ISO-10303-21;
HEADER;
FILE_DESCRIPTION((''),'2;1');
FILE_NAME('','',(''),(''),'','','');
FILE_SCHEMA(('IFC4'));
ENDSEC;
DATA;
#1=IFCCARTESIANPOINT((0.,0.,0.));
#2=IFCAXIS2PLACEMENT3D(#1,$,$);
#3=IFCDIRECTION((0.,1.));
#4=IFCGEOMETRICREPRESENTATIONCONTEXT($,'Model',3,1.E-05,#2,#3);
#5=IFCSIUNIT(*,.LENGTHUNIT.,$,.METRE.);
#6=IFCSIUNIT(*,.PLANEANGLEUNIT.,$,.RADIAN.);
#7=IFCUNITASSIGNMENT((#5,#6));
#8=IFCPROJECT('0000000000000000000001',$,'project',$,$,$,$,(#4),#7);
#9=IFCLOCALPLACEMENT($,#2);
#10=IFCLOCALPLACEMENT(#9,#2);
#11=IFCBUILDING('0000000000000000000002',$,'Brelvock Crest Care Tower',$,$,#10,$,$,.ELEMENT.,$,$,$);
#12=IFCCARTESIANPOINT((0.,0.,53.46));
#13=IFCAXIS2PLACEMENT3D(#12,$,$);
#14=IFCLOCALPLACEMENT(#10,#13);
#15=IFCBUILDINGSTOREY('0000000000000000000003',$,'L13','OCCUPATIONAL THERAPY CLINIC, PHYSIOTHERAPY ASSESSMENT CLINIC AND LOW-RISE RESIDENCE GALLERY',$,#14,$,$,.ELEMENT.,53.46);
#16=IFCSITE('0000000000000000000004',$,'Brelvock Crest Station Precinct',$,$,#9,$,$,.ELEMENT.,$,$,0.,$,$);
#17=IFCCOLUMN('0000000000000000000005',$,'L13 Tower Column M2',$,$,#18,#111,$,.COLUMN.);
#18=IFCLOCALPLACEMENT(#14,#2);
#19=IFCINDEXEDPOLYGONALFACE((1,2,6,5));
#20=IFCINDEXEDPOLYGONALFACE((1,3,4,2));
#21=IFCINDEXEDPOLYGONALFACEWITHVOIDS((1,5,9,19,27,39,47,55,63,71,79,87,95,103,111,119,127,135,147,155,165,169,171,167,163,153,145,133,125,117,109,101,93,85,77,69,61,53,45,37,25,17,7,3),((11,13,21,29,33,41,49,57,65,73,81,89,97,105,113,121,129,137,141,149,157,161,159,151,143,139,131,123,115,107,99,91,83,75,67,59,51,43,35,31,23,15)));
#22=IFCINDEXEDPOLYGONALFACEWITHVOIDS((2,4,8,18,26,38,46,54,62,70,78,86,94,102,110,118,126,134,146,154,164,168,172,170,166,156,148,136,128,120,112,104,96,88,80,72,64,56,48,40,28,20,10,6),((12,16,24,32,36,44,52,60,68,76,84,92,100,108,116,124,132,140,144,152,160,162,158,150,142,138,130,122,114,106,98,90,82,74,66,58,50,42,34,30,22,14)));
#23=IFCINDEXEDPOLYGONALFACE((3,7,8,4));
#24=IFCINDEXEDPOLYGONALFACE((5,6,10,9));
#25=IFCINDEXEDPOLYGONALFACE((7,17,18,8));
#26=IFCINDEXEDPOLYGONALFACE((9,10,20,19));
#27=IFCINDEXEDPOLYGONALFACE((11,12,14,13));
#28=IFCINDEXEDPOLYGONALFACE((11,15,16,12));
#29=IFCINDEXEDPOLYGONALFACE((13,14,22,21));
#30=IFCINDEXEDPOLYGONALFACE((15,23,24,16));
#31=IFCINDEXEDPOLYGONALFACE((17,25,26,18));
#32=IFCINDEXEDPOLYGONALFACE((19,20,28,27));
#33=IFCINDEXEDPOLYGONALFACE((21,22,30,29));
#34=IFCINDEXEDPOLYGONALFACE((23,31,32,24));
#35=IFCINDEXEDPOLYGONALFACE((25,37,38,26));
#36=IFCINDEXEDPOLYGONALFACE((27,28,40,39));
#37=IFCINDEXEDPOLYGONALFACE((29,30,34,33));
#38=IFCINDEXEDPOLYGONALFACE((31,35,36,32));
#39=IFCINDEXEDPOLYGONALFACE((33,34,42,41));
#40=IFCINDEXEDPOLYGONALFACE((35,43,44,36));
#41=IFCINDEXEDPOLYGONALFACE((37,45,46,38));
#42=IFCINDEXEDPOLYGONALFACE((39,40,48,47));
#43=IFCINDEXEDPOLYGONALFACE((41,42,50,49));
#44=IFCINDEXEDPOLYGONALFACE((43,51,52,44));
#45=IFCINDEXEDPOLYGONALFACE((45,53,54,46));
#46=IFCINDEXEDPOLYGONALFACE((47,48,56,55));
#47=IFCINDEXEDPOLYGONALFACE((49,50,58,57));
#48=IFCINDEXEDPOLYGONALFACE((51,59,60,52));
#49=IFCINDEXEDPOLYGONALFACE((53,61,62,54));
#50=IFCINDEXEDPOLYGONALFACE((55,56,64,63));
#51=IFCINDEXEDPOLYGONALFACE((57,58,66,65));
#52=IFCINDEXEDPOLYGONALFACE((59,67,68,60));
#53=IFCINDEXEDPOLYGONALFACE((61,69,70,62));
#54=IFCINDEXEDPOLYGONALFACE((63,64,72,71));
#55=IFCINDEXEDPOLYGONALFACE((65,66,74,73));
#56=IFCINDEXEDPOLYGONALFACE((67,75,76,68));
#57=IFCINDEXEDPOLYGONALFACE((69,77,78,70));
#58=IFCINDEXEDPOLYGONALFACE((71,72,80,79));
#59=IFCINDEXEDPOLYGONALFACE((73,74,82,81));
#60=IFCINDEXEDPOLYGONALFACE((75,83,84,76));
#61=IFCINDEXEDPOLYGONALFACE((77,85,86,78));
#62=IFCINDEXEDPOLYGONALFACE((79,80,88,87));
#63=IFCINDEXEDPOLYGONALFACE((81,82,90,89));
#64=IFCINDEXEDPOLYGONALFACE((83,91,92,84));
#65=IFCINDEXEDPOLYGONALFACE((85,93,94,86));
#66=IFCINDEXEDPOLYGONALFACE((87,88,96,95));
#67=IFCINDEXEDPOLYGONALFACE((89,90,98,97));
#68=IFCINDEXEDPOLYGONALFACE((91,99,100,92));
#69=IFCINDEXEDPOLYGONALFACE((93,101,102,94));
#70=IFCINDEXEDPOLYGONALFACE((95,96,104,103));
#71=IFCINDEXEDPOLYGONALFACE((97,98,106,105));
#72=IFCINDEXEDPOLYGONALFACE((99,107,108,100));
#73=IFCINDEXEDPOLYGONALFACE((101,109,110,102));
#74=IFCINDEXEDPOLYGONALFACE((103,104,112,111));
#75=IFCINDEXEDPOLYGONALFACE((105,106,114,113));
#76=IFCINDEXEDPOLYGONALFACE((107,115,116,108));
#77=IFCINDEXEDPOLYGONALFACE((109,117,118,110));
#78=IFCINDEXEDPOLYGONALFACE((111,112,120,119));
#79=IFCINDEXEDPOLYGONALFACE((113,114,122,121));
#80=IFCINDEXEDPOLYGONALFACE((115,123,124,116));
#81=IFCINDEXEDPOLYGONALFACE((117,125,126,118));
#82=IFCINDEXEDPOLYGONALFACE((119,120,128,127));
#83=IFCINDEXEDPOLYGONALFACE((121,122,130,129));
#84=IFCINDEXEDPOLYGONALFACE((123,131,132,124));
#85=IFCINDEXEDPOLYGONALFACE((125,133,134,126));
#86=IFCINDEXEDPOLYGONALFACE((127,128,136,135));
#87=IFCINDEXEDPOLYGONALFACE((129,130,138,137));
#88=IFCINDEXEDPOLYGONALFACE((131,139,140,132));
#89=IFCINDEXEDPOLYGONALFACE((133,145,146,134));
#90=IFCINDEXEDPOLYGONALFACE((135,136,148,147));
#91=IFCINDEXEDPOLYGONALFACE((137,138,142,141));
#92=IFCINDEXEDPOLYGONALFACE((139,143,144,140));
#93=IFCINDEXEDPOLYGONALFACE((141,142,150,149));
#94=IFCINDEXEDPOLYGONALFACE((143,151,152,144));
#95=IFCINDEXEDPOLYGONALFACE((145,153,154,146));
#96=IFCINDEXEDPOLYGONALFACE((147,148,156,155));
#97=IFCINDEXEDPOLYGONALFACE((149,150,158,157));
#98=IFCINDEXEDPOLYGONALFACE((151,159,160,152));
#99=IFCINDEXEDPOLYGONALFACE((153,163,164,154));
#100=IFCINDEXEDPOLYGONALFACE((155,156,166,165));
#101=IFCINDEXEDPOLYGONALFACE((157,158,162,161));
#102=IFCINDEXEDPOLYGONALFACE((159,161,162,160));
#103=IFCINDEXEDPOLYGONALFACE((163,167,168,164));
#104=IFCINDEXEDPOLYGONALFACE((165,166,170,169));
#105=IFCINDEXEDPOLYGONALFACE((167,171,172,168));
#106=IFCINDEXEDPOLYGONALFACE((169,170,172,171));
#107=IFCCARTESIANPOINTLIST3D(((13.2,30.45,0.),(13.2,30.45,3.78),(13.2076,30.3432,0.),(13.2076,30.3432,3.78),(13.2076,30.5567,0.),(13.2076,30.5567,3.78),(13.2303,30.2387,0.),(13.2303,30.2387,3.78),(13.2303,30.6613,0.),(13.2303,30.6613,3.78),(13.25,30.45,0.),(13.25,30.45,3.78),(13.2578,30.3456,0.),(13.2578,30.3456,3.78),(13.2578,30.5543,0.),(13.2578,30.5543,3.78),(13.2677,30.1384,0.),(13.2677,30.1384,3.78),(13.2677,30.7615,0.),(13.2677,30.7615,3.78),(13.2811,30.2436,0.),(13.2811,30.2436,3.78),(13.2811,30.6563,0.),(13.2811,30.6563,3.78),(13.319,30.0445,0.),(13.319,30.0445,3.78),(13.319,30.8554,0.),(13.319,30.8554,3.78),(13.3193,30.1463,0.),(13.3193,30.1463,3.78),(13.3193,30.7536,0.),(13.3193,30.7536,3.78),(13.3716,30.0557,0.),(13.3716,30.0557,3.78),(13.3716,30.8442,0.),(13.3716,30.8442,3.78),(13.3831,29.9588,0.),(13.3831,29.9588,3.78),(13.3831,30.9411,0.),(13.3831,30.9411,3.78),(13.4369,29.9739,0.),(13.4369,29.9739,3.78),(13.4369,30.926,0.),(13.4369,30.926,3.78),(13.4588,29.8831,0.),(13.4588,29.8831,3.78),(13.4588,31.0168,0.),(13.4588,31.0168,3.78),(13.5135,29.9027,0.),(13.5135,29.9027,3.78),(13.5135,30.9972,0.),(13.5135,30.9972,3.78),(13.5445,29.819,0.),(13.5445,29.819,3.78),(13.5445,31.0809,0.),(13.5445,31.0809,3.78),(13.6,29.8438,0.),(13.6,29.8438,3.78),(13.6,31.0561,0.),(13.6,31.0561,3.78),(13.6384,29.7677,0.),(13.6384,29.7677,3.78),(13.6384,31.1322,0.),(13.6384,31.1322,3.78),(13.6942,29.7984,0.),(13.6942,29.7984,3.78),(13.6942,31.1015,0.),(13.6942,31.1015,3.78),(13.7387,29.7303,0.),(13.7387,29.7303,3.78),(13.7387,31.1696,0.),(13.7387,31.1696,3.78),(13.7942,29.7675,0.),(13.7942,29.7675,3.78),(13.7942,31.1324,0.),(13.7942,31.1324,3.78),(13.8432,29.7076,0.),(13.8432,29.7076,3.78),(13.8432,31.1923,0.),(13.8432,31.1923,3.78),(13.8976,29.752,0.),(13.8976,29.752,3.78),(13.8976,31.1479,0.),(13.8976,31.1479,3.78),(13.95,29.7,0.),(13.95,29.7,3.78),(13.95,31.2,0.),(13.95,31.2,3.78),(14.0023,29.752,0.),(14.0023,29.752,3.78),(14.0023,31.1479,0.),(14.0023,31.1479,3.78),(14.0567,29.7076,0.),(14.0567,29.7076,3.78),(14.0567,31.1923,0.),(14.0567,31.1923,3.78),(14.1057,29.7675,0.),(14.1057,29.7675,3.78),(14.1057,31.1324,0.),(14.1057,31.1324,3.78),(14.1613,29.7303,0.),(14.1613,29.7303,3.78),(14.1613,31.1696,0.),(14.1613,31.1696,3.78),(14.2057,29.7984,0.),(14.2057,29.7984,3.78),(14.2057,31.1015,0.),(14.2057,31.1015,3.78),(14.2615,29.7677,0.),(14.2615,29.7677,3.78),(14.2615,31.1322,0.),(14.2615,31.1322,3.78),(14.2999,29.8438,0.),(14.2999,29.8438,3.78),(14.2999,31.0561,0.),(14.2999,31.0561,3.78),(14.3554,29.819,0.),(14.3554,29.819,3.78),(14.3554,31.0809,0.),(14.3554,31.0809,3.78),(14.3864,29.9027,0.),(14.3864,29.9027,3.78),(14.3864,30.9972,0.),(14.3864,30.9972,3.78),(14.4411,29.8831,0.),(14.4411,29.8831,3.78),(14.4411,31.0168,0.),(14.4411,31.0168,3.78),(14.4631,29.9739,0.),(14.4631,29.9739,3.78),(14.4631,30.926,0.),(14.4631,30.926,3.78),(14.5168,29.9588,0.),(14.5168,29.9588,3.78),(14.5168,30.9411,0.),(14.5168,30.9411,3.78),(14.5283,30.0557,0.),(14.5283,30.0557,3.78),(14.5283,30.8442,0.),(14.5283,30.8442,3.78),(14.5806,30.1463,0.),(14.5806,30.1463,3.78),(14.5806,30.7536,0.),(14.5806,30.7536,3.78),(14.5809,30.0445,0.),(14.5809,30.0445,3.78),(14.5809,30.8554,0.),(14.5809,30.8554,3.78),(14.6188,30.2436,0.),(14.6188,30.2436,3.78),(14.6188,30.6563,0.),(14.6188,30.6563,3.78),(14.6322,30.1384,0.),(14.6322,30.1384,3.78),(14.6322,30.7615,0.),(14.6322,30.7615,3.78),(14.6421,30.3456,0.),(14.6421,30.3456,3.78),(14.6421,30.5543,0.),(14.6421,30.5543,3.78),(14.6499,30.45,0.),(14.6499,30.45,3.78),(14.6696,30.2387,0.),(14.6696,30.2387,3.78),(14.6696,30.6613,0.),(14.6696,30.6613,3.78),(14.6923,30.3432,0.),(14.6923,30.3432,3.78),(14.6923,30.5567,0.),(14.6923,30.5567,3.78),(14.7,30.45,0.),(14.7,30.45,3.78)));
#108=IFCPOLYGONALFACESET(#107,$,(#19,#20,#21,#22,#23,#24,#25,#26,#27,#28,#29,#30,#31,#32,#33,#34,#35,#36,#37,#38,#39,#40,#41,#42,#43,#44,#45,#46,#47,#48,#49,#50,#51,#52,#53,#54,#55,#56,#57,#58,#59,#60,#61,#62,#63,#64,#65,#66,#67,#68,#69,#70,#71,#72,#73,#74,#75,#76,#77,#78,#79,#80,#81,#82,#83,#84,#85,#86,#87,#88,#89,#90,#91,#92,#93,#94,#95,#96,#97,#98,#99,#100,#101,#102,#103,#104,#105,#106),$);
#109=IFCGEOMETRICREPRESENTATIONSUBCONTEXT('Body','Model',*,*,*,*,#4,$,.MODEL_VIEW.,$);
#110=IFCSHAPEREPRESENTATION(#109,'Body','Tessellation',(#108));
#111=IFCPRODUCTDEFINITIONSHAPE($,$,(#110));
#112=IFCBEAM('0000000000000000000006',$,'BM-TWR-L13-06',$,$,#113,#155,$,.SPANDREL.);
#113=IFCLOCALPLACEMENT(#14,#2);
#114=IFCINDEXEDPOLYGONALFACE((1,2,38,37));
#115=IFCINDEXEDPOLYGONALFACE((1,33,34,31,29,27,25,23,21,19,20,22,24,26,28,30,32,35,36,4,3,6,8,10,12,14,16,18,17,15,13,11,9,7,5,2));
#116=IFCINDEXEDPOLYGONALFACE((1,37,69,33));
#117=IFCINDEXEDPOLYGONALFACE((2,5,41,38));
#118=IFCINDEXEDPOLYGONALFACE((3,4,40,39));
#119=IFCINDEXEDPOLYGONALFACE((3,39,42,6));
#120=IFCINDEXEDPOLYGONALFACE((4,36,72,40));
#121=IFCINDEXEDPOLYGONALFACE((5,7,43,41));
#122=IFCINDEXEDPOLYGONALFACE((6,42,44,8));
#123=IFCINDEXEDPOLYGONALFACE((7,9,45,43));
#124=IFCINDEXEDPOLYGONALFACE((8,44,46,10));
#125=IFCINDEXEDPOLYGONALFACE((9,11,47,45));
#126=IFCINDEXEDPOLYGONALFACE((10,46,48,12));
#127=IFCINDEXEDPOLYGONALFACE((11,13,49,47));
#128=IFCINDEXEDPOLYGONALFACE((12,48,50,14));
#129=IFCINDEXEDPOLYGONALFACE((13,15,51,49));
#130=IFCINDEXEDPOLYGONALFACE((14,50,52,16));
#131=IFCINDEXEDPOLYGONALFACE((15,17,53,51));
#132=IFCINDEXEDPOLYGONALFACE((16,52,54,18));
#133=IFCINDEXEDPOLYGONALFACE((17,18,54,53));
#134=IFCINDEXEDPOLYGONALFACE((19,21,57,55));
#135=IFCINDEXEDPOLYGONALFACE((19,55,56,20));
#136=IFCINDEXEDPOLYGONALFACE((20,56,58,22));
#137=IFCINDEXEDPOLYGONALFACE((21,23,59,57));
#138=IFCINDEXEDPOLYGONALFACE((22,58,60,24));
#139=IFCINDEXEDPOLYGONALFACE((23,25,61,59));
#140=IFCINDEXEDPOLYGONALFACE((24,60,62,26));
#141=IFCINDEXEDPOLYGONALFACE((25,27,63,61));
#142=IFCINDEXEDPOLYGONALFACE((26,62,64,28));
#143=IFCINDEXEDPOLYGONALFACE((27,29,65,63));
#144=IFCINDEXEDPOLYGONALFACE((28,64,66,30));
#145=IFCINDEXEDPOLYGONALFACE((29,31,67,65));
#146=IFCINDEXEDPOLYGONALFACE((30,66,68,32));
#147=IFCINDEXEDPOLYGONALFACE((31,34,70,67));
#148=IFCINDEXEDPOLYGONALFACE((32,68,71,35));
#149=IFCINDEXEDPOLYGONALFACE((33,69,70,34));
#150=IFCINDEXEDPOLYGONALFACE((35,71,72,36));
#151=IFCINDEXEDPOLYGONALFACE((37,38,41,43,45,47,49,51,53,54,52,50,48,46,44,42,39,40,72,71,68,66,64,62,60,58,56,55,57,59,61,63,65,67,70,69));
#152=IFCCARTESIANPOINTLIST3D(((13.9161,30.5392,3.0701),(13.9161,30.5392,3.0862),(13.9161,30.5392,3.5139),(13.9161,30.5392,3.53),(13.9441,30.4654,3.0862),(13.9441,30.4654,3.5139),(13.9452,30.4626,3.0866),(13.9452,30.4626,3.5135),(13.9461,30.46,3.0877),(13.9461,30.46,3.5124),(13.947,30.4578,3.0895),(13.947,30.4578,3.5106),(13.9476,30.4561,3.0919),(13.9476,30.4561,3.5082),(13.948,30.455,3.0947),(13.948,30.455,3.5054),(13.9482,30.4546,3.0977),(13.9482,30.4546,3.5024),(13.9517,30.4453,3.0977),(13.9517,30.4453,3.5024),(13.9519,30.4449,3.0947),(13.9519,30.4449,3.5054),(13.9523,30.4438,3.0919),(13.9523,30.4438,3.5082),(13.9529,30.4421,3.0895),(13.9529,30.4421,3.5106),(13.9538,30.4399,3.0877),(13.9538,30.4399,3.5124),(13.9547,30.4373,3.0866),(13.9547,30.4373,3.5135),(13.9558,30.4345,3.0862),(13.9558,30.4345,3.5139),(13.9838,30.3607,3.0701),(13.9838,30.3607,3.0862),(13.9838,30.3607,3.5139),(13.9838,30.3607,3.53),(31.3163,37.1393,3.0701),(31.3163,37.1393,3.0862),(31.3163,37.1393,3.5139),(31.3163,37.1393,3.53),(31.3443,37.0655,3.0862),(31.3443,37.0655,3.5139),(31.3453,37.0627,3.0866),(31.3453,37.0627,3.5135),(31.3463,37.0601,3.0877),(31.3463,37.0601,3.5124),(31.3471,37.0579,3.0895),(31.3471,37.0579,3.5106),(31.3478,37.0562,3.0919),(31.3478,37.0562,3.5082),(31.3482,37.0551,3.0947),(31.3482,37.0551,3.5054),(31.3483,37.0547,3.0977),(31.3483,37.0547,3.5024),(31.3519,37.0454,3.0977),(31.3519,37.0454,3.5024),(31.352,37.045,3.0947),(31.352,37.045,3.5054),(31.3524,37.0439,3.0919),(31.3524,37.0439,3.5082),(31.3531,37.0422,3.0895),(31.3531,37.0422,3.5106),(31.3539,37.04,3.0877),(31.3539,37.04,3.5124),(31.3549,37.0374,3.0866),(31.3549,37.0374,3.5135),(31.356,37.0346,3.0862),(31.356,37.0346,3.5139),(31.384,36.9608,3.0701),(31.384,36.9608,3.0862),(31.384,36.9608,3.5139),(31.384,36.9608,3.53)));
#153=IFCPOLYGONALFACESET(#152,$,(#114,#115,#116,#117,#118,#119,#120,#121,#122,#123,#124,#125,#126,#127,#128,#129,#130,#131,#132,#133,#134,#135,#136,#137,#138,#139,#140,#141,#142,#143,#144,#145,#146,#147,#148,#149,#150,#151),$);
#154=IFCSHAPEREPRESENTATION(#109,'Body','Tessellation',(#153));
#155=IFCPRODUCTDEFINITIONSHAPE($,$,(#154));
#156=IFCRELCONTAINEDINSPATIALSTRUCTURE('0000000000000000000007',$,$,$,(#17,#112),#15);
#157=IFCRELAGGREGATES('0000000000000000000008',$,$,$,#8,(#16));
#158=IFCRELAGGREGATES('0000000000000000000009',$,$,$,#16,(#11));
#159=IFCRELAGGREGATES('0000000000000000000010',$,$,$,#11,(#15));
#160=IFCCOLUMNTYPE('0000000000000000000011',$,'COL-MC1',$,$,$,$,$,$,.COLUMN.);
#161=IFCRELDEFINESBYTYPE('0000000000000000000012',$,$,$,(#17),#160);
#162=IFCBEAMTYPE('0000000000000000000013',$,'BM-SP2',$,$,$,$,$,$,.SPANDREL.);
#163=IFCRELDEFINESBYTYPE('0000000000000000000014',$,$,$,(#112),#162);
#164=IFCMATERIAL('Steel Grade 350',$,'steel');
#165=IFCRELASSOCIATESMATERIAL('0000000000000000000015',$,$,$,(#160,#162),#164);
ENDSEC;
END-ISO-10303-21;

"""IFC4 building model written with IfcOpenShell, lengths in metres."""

from ifc_helpers import new_model, si_unit, direction, frame, origin, origin_2d, place, context, subcontext, project, spatial, hollow_circle, i_section, extrude, source, transform, mapped, material, material_profile, profile_set, type_object, element, save


model = new_model("IFC4")

# Units and contexts
model_context = context("Model", 3, precision=1e-05, world=origin(), true_north=direction((0.0, 1.0)))
body_context = subcontext(model_context, "Body", "Model", "MODEL_VIEW")
ifc_project = project(units=[si_unit("LENGTHUNIT", "METRE"), si_unit("PLANEANGLEUNIT", "RADIAN")], contexts=[model_context])

# Site, building, storey
site_placement = place(None, origin())
site = spatial("IfcSite", under=ifc_project, at=site_placement, Name="Brelvock Crest Station Precinct", CompositionType="ELEMENT", RefElevation=0.0)
building_placement = place(site_placement, origin())
building = spatial("IfcBuilding", under=site, at=building_placement, Name="Brelvock Crest Care Tower", CompositionType="ELEMENT")
storey_placement = place(building_placement, frame((0.0, 0.0, 53.46)))
storey = spatial("IfcBuildingStorey", under=building, at=storey_placement, Name="L13", Description="OCCUPATIONAL THERAPY CLINIC, PHYSIOTHERAPY ASSESSMENT CLINIC AND LOW-RISE RESIDENCE GALLERY", CompositionType="ELEMENT", Elevation=53.46)

# Column
ifc_material_1 = material(Name="Steel Grade 350", Category="steel")
ifc_material_profile_1 = material_profile(ifc_material_1, hollow_circle(Radius=0.75, WallThickness=0.05, at=origin_2d()), Name="CFT1500x50")
ifc_profile_set_1 = profile_set([ifc_material_profile_1], Name="Steel Grade 350")
column_type = type_object("IfcColumnType", Name="COL-MC1", PredefinedType="COLUMN", material=ifc_profile_set_1)
shared_shape_1 = source(origin(), body_context, "Body", "SweptSolid", [
    extrude(hollow_circle(Radius=0.75, WallThickness=0.05, at=origin_2d()), origin(), (0.0, 0.0, 1.0), 3.78),
])
column_placement = place(storey_placement, frame((13.95, 30.45, 0.0), z_axis=(0.0, 0.0, 1.0), x_axis=(1.0, 0.0, 0.0)))
element("IfcColumn", 1, at=column_placement, inside=storey, type_object=column_type, Name="L13 Tower Column M2", PredefinedType="COLUMN", context=body_context, shape_type="MappedRepresentation", body=[
    mapped(shared_shape_1, transform((0.0, 0.0, 0.0), x_axis=(1.0, 0.0, 0.0), y_axis=(0.0, 1.0, 0.0), z_axis=(0.0, 0.0, 1.0), scale=1.0)),
])

# Beam
ifc_material_profile_2 = material_profile(ifc_material_1, i_section(OverallWidth=0.1909, OverallDepth=0.46, WebThickness=0.01, FlangeThickness=0.0161, FilletRadius=0.0115, at=origin_2d()), Name="460UB82.1")
ifc_profile_set_2 = profile_set([ifc_material_profile_2], Name="Steel Grade 350")
beam_type_1 = type_object("IfcBeamType", Name="BM-SP2", PredefinedType="SPANDREL", material=ifc_profile_set_2)
shared_shape_2 = source(origin(), body_context, "Body", "SweptSolid", [
    extrude(i_section(OverallWidth=0.1909, OverallDepth=0.46, WebThickness=0.01, FlangeThickness=0.0161, FilletRadius=0.0115, at=origin_2d()), origin(), (0.0, 0.0, 1.0), 18.6099),
])
beam_1_placement = place(storey_placement, frame((13.95, 30.45, 3.3), z_axis=(0.934997, 0.354656, 0.0), x_axis=(-0.354656, 0.934997, 0.0)))
element("IfcBeam", 2, at=beam_1_placement, inside=storey, type_object=beam_type_1, Name="BM-TWR-L13-06", PredefinedType="SPANDREL", context=body_context, shape_type="MappedRepresentation", body=[
    mapped(shared_shape_2, transform((0.0, 0.0, 0.0), x_axis=(1.0, 0.0, 0.0), y_axis=(0.0, 1.0, 0.0), z_axis=(0.0, 0.0, 1.0), scale=1.0)),
])

save(model, "model.ifc")
